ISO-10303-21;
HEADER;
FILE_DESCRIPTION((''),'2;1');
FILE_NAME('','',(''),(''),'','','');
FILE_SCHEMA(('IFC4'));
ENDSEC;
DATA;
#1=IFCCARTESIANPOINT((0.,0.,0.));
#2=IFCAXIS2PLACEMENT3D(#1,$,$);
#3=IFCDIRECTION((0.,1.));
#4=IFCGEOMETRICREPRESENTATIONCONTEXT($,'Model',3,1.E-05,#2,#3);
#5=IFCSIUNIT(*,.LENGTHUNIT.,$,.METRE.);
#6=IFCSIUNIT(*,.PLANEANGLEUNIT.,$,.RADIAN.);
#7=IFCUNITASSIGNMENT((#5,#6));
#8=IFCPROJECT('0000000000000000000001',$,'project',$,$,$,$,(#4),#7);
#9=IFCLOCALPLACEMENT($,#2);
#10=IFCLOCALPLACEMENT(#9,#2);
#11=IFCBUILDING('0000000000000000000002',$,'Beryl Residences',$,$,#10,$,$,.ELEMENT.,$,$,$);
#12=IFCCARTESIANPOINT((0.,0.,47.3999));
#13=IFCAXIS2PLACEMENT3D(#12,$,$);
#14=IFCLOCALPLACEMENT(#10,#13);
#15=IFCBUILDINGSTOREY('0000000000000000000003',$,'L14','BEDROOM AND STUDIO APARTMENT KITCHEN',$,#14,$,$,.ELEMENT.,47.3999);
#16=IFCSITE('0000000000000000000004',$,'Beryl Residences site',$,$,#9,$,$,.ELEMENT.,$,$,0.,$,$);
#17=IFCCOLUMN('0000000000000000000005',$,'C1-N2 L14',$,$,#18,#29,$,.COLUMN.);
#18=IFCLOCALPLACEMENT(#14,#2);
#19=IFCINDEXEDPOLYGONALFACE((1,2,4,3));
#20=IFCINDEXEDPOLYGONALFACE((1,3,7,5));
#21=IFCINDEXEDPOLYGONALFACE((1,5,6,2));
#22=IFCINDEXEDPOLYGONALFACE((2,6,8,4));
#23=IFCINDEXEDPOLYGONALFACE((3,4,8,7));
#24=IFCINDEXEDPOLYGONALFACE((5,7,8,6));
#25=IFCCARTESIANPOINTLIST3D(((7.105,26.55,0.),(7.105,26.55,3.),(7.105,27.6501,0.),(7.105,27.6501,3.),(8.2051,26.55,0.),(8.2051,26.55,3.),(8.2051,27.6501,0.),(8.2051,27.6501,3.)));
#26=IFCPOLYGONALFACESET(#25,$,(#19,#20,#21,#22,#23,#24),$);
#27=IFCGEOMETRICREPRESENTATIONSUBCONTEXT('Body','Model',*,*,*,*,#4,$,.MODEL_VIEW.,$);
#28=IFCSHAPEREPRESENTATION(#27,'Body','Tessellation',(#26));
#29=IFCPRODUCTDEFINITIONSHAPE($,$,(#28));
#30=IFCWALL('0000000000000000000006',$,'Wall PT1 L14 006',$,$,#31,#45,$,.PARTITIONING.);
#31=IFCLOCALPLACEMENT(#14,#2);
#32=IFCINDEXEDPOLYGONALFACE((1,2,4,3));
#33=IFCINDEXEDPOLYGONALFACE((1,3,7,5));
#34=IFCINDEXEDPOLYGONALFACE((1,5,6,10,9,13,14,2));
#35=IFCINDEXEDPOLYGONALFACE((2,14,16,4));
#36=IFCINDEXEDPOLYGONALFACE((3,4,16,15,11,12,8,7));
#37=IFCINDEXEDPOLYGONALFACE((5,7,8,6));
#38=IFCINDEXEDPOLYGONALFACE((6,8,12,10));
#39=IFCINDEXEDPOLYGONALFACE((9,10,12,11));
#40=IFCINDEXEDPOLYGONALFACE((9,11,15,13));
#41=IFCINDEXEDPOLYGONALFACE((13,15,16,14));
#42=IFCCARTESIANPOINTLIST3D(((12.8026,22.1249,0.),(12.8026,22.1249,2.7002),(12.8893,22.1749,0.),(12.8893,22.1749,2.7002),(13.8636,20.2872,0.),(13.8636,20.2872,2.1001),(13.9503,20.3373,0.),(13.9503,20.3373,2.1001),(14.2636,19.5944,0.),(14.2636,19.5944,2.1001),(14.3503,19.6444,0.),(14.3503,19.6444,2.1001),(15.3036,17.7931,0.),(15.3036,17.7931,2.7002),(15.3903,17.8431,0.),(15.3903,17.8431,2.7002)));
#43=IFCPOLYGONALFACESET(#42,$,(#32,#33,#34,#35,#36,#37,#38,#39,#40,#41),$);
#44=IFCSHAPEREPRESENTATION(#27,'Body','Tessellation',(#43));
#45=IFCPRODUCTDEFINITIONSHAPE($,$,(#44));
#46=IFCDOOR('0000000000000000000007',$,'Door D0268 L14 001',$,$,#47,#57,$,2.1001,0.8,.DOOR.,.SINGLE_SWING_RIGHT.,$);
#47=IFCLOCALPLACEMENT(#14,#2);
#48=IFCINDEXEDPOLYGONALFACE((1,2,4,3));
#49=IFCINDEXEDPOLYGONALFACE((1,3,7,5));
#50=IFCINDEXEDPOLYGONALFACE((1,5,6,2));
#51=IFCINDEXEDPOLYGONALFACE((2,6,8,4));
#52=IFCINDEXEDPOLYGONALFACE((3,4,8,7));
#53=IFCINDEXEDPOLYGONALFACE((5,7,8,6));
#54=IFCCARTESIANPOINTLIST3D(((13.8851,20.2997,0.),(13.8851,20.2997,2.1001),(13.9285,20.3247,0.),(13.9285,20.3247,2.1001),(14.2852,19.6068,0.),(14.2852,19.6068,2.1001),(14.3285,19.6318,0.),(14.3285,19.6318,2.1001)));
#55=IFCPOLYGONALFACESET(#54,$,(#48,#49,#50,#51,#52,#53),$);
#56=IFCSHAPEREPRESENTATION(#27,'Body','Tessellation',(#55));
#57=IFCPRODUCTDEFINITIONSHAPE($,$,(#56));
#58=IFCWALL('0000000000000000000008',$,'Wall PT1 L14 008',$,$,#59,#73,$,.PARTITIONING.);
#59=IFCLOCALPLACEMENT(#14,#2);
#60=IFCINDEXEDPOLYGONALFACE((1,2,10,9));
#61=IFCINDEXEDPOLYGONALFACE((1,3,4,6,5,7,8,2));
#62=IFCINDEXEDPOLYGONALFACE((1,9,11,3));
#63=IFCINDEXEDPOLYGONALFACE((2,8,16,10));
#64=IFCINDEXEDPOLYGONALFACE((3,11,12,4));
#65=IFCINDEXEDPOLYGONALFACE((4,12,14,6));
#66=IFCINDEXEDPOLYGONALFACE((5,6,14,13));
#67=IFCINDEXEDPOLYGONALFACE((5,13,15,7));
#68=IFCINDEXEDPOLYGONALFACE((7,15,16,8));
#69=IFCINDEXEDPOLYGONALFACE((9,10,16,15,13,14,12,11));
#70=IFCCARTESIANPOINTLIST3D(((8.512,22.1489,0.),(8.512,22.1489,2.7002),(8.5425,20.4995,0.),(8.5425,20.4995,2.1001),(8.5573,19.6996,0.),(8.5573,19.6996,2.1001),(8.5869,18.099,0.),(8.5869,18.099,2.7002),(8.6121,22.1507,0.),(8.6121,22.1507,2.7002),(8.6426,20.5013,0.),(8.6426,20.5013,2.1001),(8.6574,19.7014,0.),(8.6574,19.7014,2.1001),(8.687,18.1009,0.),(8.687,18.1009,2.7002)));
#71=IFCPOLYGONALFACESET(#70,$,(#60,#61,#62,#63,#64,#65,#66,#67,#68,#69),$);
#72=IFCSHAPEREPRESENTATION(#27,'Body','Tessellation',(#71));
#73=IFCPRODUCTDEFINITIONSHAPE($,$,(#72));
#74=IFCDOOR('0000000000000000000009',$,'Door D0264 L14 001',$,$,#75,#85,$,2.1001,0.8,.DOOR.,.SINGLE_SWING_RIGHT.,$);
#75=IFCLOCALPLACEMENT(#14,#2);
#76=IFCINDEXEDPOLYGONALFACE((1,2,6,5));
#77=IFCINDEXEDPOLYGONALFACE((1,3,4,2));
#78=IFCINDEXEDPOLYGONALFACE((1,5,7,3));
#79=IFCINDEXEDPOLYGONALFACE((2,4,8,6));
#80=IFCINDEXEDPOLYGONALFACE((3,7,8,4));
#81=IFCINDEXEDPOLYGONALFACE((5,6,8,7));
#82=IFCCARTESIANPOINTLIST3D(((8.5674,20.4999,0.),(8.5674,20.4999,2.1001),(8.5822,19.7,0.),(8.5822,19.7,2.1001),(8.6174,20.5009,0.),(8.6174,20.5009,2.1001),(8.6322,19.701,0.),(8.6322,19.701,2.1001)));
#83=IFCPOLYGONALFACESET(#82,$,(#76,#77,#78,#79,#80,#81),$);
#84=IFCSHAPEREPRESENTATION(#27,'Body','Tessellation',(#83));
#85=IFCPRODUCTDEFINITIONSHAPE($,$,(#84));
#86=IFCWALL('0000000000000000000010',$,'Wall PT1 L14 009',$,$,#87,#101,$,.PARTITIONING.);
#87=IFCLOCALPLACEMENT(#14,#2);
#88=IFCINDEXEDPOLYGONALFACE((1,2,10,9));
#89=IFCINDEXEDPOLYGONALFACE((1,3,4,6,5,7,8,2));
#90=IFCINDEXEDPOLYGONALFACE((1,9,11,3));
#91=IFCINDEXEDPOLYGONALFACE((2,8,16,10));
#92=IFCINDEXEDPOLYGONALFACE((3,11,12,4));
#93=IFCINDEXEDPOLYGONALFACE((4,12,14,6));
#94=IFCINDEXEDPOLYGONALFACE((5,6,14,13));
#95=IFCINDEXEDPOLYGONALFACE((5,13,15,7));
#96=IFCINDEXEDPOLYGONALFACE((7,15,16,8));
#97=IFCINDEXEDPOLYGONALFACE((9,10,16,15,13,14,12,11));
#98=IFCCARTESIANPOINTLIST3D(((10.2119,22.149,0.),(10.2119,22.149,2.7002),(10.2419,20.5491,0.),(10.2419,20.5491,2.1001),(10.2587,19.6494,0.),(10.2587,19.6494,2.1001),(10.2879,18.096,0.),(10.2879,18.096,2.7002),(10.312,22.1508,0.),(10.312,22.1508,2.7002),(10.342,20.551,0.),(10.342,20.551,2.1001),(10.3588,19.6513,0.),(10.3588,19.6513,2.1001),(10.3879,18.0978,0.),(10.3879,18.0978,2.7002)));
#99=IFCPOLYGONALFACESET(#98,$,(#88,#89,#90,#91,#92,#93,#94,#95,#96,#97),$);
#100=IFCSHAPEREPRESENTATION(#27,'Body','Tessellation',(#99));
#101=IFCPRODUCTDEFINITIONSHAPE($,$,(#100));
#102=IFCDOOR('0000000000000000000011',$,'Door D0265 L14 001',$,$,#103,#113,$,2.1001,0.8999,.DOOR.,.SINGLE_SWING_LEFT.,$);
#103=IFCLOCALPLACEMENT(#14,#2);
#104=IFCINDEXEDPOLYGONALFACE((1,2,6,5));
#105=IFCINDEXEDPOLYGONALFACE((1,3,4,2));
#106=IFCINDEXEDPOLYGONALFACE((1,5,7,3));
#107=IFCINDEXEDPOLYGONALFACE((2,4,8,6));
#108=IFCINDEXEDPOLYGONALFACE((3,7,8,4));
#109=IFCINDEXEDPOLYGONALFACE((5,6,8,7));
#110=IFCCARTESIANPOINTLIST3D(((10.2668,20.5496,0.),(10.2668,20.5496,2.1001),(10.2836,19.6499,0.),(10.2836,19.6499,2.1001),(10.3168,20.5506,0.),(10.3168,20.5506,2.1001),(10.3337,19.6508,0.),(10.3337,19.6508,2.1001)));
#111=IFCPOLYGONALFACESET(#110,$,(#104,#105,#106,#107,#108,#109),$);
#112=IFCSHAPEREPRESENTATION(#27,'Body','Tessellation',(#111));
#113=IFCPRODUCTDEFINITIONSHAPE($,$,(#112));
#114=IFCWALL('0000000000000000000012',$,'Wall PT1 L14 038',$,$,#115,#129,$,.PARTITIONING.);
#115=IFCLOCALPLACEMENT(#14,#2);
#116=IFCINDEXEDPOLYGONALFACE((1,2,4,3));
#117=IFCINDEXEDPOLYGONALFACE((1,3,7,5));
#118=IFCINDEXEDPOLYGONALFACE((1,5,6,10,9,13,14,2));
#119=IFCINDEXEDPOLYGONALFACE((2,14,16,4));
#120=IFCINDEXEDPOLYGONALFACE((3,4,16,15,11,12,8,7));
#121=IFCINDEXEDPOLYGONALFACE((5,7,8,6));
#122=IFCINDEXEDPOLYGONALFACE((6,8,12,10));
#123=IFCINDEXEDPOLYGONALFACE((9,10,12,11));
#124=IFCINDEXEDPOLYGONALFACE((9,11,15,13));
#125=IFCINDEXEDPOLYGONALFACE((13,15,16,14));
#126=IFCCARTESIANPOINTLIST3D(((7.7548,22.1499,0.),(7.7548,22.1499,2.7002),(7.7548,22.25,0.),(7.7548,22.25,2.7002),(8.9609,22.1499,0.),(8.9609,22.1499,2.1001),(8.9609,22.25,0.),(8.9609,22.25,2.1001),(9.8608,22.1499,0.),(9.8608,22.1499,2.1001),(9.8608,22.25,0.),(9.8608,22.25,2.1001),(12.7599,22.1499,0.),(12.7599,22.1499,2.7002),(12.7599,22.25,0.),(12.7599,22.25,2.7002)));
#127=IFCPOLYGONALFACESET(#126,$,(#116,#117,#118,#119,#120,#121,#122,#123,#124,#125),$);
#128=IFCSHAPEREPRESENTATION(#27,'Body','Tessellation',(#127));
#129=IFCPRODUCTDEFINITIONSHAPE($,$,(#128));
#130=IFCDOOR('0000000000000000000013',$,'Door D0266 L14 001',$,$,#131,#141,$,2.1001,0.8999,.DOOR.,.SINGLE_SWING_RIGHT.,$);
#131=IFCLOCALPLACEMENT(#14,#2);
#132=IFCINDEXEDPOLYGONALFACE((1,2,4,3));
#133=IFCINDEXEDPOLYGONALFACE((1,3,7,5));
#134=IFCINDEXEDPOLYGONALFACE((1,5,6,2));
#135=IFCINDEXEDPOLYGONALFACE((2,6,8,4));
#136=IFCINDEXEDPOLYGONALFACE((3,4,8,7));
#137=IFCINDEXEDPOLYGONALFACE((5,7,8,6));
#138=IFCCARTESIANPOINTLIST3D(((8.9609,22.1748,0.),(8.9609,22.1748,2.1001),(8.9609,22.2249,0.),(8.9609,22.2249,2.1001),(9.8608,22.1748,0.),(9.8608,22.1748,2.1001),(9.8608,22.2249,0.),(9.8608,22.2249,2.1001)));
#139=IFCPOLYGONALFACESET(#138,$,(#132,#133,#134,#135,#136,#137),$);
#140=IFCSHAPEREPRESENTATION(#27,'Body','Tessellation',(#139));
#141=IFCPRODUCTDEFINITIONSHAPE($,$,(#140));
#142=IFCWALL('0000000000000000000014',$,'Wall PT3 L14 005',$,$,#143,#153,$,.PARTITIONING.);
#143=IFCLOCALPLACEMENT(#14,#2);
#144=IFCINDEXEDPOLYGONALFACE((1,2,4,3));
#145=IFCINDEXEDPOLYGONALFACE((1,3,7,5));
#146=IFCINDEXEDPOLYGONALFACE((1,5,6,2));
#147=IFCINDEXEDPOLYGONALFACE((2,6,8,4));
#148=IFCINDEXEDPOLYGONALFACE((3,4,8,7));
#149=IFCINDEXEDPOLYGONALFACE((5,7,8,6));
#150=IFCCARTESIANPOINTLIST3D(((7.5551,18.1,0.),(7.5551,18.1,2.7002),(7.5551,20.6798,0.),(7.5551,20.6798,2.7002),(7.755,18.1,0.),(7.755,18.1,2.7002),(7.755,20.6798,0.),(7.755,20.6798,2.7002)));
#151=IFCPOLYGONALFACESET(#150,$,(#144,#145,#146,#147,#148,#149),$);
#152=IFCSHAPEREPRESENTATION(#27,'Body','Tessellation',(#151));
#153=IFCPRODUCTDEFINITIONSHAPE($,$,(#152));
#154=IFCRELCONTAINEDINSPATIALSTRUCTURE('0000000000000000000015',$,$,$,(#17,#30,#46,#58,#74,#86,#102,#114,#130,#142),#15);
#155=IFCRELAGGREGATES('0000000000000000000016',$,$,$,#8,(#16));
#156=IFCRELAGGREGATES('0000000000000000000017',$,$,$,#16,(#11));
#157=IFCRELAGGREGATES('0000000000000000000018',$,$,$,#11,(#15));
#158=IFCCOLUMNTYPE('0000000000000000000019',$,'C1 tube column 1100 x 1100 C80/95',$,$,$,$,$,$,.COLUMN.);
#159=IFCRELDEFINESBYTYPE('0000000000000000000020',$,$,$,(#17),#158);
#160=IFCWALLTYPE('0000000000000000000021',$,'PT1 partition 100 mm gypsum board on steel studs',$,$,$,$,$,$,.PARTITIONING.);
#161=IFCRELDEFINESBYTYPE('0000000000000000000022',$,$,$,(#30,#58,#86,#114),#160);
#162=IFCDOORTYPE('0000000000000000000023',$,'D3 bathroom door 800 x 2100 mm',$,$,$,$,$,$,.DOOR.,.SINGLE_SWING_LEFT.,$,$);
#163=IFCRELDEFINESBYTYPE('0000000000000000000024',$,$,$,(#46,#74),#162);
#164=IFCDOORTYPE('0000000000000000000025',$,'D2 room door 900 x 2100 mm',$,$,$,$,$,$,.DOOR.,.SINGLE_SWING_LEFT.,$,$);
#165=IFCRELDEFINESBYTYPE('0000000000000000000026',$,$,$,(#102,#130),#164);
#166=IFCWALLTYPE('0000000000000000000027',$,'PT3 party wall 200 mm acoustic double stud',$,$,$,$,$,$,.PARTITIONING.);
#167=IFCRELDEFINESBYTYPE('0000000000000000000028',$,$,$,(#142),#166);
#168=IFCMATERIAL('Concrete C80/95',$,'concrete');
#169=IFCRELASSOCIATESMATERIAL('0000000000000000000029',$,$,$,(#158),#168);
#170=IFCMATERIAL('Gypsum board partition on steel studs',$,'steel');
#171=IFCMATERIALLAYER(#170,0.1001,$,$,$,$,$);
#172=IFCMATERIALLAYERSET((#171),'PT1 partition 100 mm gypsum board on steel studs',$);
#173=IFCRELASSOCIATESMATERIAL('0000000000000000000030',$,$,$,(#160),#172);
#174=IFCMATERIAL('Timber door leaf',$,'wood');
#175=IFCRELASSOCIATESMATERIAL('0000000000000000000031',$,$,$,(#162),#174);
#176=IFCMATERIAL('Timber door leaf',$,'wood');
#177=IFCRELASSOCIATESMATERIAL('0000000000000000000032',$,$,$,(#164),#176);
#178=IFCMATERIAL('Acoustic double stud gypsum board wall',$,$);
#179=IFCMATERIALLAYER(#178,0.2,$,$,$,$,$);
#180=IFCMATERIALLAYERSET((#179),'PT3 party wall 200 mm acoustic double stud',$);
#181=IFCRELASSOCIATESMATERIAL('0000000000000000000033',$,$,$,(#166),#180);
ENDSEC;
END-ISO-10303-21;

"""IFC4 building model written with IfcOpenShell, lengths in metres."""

from ifc_helpers import new_model, si_unit, direction, frame, frame_2d, origin, origin_2d, place, context, subcontext, project, spatial, rectangle, extrude, material, layer, layer_set, material_profile, profile_set, type_object, element, fill, save


model = new_model("IFC4")

# Units and contexts
model_context = context("Model", 3, precision=1e-05, world=origin(), true_north=direction((0.0, 1.0)))
body_context = subcontext(model_context, "Body", "Model", "MODEL_VIEW")
ifc_project = project(units=[si_unit("LENGTHUNIT", "METRE"), si_unit("PLANEANGLEUNIT", "RADIAN")], contexts=[model_context])

# Site, building, storey
site_placement = place(None, origin())
site = spatial("IfcSite", under=ifc_project, at=site_placement, Name="Beryl Residences site", CompositionType="ELEMENT", RefElevation=0.0)
building_placement = place(site_placement, origin())
building = spatial("IfcBuilding", under=site, at=building_placement, Name="Beryl Residences", CompositionType="ELEMENT")
storey_placement = place(building_placement, frame((0.0, 0.0, 47.3999)))
storey = spatial("IfcBuildingStorey", under=building, at=storey_placement, Name="L14", Description="BEDROOM AND STUDIO APARTMENT KITCHEN", CompositionType="ELEMENT", Elevation=47.3999)

# Column
ifc_material_1 = material(Name="Concrete C80/95", Category="concrete")
ifc_material_profile = material_profile(ifc_material_1, rectangle(XDim=1.1001, YDim=1.1001, at=origin_2d()))
ifc_profile_set = profile_set([ifc_material_profile], Name="Concrete C80/95")
column_type = type_object("IfcColumnType", Name="C1 tube column 1100 x 1100 C80/95", PredefinedType="COLUMN", material=ifc_profile_set)
column_placement = place(storey_placement, frame((7.655, 27.1001, 0.0), z_axis=(0.0, 0.0, 1.0), x_axis=(-1.0, 0.0, 0.0)))
element("IfcColumn", 1, at=column_placement, inside=storey, type_object=column_type, Name="C1-N2 L14", PredefinedType="COLUMN", context=body_context, shape_type="SweptSolid", body=[
    extrude(rectangle(XDim=1.1001, YDim=1.1001, at=origin_2d()), origin(), (0.0, 0.0, 1.0), 3.0),
])

# Walls, openings, doors
ifc_material_2 = material(Name="Gypsum board partition on steel studs", Category="steel")
ifc_layer_1 = layer(ifc_material_2, 0.1001)
ifc_layer_set_1 = layer_set([ifc_layer_1], Name="PT1 partition 100 mm gypsum board on steel studs")
wall_type_1 = type_object("IfcWallType", Name="PT1 partition 100 mm gypsum board on steel studs", PredefinedType="PARTITIONING", material=ifc_layer_set_1)
wall_1_placement = place(storey_placement, frame((12.8459, 22.1499, 0.0), z_axis=(0.0, 0.0, 1.0), x_axis=(0.500003, -0.866024, 0.0)))
wall_1 = element("IfcWall", 2, at=wall_1_placement, inside=storey, type_object=wall_type_1, Name="Wall PT1 L14 006", PredefinedType="PARTITIONING", context=body_context, shape_type="SweptSolid", body=[
    extrude(rectangle(XDim=5.002, YDim=0.1001, at=frame_2d((2.501, 0.0))), origin(), (0.0, 0.0, 1.0), 2.7002),
])
opening_1_placement = place(wall_1_placement, frame((2.1221, 0.0, 0.0)))
opening_1 = element("IfcOpeningElement", 3, at=opening_1_placement, cuts=wall_1, PredefinedType="OPENING", context=body_context, shape_type="SweptSolid", body=[
    extrude(rectangle(XDim=0.8, YDim=2.1001, at=frame_2d((0.3999, 1.05))), frame((0.0, 0.0601, 0.0), z_axis=(0.0, -1.0, 0.0), x_axis=(1.0, 0.0, 0.0)), (0.0, 0.0, 1.0), 0.1201),
])
ifc_material_3 = material(Name="Timber door leaf", Category="wood")
door_type_1 = type_object("IfcDoorType", Name="D3 bathroom door 800 x 2100 mm", OperationType="SINGLE_SWING_LEFT", PredefinedType="DOOR", material=ifc_material_3)
door_1_placement = place(opening_1_placement, origin())
door_1 = element("IfcDoor", 4, at=door_1_placement, inside=storey, type_object=door_type_1, Name="Door D0268 L14 001", OperationType="SINGLE_SWING_RIGHT", OverallHeight=2.1001, OverallWidth=0.8, PredefinedType="DOOR", context=body_context, shape_type="SweptSolid", body=[
    extrude(rectangle(XDim=0.8, YDim=2.1001, at=frame_2d((0.3999, 1.05))), frame((0.0, 0.0249, 0.0), z_axis=(0.0, -1.0, 0.0), x_axis=(1.0, 0.0, 0.0)), (0.0, 0.0, 1.0), 0.05),
])
fill(opening_1, door_1)
wall_2_placement = place(storey_placement, frame((8.562, 22.1499, 0.0), z_axis=(0.0, 0.0, 1.0), x_axis=(0.018504, -0.999829, 0.0)))
wall_2 = element("IfcWall", 5, at=wall_2_placement, inside=storey, type_object=wall_type_1, Name="Wall PT1 L14 008", PredefinedType="PARTITIONING", context=body_context, shape_type="SweptSolid", body=[
    extrude(rectangle(XDim=4.0505, YDim=0.1001, at=frame_2d((2.0254, 0.0))), origin(), (0.0, 0.0, 1.0), 2.7002),
])
opening_2_placement = place(wall_2_placement, frame((1.6499, 0.0, 0.0)))
opening_2 = element("IfcOpeningElement", 6, at=opening_2_placement, cuts=wall_2, PredefinedType="OPENING", context=body_context, shape_type="SweptSolid", body=[
    extrude(rectangle(XDim=0.8, YDim=2.1001, at=frame_2d((0.3999, 1.05))), frame((0.0, 0.0601, 0.0), z_axis=(0.0, -1.0, 0.0), x_axis=(1.0, 0.0, 0.0)), (0.0, 0.0, 1.0), 0.1201),
])
door_2_placement = place(opening_2_placement, origin())
door_2 = element("IfcDoor", 7, at=door_2_placement, inside=storey, type_object=door_type_1, Name="Door D0264 L14 001", OperationType="SINGLE_SWING_RIGHT", OverallHeight=2.1001, OverallWidth=0.8, PredefinedType="DOOR", context=body_context, shape_type="SweptSolid", body=[
    extrude(rectangle(XDim=0.8, YDim=2.1001, at=frame_2d((0.3999, 1.05))), frame((0.0, 0.0249, 0.0), z_axis=(0.0, -1.0, 0.0), x_axis=(1.0, 0.0, 0.0)), (0.0, 0.0, 1.0), 0.05),
])
fill(opening_2, door_2)
wall_3_placement = place(storey_placement, frame((10.262, 22.1499, 0.0), z_axis=(0.0, 0.0, 1.0), x_axis=(0.018731, -0.999825, 0.0)))
wall_3 = element("IfcWall", 8, at=wall_3_placement, inside=storey, type_object=wall_type_1, Name="Wall PT1 L14 009", PredefinedType="PARTITIONING", context=body_context, shape_type="SweptSolid", body=[
    extrude(rectangle(XDim=4.0537, YDim=0.1001, at=frame_2d((2.0269, 0.0))), origin(), (0.0, 0.0, 1.0), 2.7002),
])
opening_3_placement = place(wall_3_placement, frame((1.6001, 0.0, 0.0)))
opening_3 = element("IfcOpeningElement", 9, at=opening_3_placement, cuts=wall_3, PredefinedType="OPENING", context=body_context, shape_type="SweptSolid", body=[
    extrude(rectangle(XDim=0.8999, YDim=2.1001, at=frame_2d((0.45, 1.05))), frame((0.0, 0.0601, 0.0), z_axis=(0.0, -1.0, 0.0), x_axis=(1.0, 0.0, 0.0)), (0.0, 0.0, 1.0), 0.1201),
])
ifc_material_4 = material(Name="Timber door leaf", Category="wood")
door_type_2 = type_object("IfcDoorType", Name="D2 room door 900 x 2100 mm", OperationType="SINGLE_SWING_LEFT", PredefinedType="DOOR", material=ifc_material_4)
door_3_placement = place(opening_3_placement, origin())
door_3 = element("IfcDoor", 10, at=door_3_placement, inside=storey, type_object=door_type_2, Name="Door D0265 L14 001", OperationType="SINGLE_SWING_LEFT", OverallHeight=2.1001, OverallWidth=0.8999, PredefinedType="DOOR", context=body_context, shape_type="SweptSolid", body=[
    extrude(rectangle(XDim=0.8999, YDim=2.1001, at=frame_2d((0.45, 1.05))), frame((0.0, 0.0249, 0.0), z_axis=(0.0, -1.0, 0.0), x_axis=(1.0, 0.0, 0.0)), (0.0, 0.0, 1.0), 0.05),
])
fill(opening_3, door_3)
wall_4_placement = place(storey_placement, frame((7.7549, 22.2, 0.0), z_axis=(0.0, 0.0, 1.0), x_axis=(1.0, 0.0, 0.0)))
wall_4 = element("IfcWall", 11, at=wall_4_placement, inside=storey, type_object=wall_type_1, Name="Wall PT1 L14 038", PredefinedType="PARTITIONING", context=body_context, shape_type="SweptSolid", body=[
    extrude(rectangle(XDim=5.0051, YDim=0.1001, at=frame_2d((2.5024, 0.0))), origin(), (0.0, 0.0, 1.0), 2.7002),
])
opening_4_placement = place(wall_4_placement, frame((1.2061, 0.0, 0.0)))
opening_4 = element("IfcOpeningElement", 12, at=opening_4_placement, cuts=wall_4, PredefinedType="OPENING", context=body_context, shape_type="SweptSolid", body=[
    extrude(rectangle(XDim=0.8999, YDim=2.1001, at=frame_2d((0.45, 1.05))), frame((0.0, 0.0601, 0.0), z_axis=(0.0, -1.0, 0.0), x_axis=(1.0, 0.0, 0.0)), (0.0, 0.0, 1.0), 0.1201),
])
door_4_placement = place(opening_4_placement, origin())
door_4 = element("IfcDoor", 13, at=door_4_placement, inside=storey, type_object=door_type_2, Name="Door D0266 L14 001", OperationType="SINGLE_SWING_RIGHT", OverallHeight=2.1001, OverallWidth=0.8999, PredefinedType="DOOR", context=body_context, shape_type="SweptSolid", body=[
    extrude(rectangle(XDim=0.8999, YDim=2.1001, at=frame_2d((0.45, 1.05))), frame((0.0, 0.0249, 0.0), z_axis=(0.0, -1.0, 0.0), x_axis=(1.0, 0.0, 0.0)), (0.0, 0.0, 1.0), 0.05),
])
fill(opening_4, door_4)

# Wall
ifc_material_5 = material(Name="Acoustic double stud gypsum board wall")
ifc_layer_2 = layer(ifc_material_5, 0.2)
ifc_layer_set_2 = layer_set([ifc_layer_2], Name="PT3 party wall 200 mm acoustic double stud")
wall_type_2 = type_object("IfcWallType", Name="PT3 party wall 200 mm acoustic double stud", PredefinedType="PARTITIONING", material=ifc_layer_set_2)
wall_5_placement = place(storey_placement, frame((7.655, 20.6799, 0.0), z_axis=(0.0, 0.0, 1.0), x_axis=(0.0, -1.0, 0.0)))
element("IfcWall", 14, at=wall_5_placement, inside=storey, type_object=wall_type_2, Name="Wall PT3 L14 005", PredefinedType="PARTITIONING", context=body_context, shape_type="SweptSolid", body=[
    extrude(rectangle(XDim=2.5798, YDim=0.2, at=frame_2d((1.29, 0.0))), origin(), (0.0, 0.0, 1.0), 2.7002),
])

save(model, "model.ifc")
